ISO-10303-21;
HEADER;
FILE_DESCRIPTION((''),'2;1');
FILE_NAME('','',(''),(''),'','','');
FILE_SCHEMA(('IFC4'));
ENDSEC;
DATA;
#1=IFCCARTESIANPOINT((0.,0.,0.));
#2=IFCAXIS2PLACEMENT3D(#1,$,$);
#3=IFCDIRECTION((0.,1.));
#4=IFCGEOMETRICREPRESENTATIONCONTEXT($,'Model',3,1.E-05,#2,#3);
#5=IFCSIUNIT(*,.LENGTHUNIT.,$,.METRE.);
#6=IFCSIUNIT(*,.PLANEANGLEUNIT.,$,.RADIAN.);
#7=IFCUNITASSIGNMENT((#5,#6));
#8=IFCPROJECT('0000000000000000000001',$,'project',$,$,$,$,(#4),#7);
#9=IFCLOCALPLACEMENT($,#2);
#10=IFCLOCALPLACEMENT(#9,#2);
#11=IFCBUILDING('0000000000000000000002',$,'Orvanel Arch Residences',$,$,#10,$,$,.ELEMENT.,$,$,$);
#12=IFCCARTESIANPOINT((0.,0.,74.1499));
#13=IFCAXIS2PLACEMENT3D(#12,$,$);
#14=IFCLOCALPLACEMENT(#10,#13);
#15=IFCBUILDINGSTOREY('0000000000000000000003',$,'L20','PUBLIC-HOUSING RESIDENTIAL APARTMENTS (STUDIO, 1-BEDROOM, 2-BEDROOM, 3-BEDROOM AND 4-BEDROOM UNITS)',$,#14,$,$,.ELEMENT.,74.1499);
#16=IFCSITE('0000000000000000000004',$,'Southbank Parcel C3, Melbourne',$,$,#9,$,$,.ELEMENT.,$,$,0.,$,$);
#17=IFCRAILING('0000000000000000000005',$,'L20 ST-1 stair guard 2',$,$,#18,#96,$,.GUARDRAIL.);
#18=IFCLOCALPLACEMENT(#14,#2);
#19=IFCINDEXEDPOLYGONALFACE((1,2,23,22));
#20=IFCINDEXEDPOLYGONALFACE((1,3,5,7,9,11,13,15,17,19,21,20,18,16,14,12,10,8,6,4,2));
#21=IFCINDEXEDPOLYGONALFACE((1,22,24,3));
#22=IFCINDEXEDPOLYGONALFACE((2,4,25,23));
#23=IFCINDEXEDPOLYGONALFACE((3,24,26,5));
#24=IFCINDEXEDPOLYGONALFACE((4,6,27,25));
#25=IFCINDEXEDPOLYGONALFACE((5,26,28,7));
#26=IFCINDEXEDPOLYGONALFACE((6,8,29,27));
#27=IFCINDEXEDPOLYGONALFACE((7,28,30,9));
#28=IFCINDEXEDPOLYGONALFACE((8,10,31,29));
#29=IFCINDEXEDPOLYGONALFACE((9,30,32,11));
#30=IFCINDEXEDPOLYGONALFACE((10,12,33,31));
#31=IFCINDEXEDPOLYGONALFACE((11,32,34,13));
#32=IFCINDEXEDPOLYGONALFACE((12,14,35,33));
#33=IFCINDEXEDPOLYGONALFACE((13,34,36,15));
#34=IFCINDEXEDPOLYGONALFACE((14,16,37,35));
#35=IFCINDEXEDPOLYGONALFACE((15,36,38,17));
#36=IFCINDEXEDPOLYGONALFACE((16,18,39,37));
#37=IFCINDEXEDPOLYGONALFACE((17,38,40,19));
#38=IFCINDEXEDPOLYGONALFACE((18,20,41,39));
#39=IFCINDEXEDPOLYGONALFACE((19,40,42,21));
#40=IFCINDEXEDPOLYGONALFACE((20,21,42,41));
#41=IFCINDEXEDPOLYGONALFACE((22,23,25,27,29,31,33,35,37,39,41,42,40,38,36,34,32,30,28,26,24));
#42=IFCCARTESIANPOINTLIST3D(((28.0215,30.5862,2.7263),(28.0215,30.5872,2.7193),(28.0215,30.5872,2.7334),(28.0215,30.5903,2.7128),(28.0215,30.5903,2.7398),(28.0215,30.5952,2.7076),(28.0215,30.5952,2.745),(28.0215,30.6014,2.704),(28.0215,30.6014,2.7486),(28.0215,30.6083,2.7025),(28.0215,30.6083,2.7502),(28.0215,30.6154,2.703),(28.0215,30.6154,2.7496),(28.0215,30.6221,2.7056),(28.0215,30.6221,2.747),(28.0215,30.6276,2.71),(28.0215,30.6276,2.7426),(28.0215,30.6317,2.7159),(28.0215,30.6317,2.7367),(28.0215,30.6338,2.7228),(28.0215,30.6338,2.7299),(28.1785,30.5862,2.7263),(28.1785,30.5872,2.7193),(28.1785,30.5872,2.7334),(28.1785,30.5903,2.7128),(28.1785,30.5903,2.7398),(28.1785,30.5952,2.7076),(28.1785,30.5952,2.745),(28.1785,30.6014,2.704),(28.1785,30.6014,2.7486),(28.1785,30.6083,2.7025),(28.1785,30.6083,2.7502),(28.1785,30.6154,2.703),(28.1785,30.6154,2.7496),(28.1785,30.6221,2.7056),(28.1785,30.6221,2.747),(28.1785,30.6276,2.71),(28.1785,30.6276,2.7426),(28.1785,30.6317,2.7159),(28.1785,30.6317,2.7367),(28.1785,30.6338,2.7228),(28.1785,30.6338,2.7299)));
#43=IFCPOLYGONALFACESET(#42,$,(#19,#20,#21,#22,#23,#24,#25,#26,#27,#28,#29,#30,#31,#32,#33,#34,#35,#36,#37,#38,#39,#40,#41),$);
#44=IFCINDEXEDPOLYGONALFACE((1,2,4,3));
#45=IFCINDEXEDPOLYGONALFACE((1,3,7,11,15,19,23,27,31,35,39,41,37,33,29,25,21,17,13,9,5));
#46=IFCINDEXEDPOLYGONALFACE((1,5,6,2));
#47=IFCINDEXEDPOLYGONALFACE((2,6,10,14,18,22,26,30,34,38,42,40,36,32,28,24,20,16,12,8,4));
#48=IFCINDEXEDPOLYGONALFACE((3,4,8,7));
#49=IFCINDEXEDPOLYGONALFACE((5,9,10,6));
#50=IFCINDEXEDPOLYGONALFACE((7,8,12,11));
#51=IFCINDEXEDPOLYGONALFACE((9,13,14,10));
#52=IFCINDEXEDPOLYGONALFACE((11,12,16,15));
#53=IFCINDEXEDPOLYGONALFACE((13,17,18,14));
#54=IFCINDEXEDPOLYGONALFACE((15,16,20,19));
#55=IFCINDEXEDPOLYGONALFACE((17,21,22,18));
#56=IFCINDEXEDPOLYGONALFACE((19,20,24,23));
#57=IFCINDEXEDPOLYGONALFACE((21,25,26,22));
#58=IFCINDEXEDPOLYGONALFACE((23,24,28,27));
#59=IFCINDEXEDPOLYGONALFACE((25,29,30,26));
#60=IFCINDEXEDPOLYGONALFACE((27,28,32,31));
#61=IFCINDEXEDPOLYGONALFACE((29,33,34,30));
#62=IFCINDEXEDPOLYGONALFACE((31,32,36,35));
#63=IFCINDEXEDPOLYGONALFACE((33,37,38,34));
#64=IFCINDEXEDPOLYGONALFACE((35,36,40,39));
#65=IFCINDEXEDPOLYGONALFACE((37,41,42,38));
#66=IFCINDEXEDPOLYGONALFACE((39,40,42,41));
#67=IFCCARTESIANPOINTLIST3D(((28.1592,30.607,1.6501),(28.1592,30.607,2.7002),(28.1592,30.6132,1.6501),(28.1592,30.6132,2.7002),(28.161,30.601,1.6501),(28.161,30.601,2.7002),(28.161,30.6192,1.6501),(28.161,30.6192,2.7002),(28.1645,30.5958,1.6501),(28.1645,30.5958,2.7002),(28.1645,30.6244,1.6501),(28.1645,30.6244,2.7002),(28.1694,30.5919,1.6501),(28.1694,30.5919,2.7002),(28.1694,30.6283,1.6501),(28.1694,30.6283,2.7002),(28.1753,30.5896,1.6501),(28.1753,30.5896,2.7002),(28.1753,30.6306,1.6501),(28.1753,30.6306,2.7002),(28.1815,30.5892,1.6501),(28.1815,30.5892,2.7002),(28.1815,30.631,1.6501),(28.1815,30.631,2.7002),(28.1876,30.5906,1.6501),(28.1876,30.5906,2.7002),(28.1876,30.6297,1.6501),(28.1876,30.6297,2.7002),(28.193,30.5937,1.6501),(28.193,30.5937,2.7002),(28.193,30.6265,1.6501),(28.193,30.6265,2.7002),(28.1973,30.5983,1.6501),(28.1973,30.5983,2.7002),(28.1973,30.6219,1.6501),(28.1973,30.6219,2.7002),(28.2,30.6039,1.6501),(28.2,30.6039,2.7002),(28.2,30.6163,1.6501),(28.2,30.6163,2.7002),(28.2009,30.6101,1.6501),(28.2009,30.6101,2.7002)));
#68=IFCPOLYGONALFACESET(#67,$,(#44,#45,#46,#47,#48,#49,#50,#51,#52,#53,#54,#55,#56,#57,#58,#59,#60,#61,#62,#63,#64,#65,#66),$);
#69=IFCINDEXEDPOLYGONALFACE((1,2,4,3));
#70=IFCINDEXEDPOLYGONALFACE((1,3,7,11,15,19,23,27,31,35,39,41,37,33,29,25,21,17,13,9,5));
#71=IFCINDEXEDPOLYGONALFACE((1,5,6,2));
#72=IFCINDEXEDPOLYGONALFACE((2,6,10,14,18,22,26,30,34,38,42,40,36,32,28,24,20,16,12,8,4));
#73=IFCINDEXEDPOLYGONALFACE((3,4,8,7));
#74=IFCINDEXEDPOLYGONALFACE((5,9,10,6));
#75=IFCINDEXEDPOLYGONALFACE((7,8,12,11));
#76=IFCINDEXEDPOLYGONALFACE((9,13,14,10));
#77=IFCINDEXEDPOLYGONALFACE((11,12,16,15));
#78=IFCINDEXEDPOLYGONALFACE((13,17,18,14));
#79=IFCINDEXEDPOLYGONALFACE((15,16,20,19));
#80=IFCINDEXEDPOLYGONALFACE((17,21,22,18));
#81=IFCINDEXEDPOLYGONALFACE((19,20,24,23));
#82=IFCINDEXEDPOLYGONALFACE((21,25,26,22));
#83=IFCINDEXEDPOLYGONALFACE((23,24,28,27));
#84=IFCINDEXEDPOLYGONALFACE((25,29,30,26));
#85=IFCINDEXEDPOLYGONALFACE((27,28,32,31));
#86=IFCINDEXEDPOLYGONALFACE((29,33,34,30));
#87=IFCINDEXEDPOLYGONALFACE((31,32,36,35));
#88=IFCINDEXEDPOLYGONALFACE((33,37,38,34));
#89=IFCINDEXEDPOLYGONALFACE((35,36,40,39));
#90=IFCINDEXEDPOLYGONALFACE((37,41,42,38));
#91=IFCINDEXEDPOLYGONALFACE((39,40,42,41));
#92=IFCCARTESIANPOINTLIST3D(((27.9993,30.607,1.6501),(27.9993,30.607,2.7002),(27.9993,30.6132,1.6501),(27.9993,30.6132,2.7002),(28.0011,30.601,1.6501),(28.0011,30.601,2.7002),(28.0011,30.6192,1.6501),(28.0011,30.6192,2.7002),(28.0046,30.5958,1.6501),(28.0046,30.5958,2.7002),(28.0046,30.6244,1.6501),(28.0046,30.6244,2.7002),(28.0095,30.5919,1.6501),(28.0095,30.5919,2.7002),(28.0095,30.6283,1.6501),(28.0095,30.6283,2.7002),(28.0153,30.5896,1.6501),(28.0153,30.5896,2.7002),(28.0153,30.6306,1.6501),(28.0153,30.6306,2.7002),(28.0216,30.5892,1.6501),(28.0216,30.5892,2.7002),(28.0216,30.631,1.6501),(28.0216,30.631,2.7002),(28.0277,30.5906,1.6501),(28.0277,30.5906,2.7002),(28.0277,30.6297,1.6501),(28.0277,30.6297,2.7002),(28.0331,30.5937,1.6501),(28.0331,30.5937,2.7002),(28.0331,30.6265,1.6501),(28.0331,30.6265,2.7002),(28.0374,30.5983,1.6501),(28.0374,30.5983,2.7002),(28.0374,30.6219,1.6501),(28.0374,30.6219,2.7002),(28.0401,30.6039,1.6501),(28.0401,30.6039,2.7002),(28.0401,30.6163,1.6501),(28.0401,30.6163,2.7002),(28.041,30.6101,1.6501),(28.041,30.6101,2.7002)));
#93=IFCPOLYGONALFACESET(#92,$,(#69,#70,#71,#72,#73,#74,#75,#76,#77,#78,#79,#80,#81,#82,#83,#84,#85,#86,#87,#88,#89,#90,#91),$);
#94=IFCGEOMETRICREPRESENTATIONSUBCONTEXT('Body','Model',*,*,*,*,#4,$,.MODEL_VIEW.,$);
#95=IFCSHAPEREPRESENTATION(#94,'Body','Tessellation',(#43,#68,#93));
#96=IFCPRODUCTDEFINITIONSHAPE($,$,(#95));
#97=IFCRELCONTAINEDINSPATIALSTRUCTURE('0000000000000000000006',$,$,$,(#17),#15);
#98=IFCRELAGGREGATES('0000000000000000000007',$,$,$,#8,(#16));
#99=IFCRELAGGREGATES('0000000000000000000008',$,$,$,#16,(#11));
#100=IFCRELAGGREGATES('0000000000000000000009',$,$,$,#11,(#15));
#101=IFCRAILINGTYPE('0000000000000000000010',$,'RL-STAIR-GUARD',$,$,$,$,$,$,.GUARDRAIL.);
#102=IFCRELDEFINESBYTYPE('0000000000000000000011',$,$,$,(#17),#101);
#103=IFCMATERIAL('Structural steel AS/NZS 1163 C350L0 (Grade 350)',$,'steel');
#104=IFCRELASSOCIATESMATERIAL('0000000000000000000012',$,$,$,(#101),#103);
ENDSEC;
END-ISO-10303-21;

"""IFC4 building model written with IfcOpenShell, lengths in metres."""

from ifc_helpers import new_model, si_unit, direction, frame, origin, origin_2d, place, context, subcontext, project, spatial, circle, extrude, material, type_object, element, save


model = new_model("IFC4")

# Units and contexts
model_context = context("Model", 3, precision=1e-05, world=origin(), true_north=direction((0.0, 1.0)))
body_context = subcontext(model_context, "Body", "Model", "MODEL_VIEW")
ifc_project = project(units=[si_unit("LENGTHUNIT", "METRE"), si_unit("PLANEANGLEUNIT", "RADIAN")], contexts=[model_context])

# Site, building, storey
site_placement = place(None, origin())
site = spatial("IfcSite", under=ifc_project, at=site_placement, Name="Southbank Parcel C3, Melbourne", CompositionType="ELEMENT", RefElevation=0.0)
building_placement = place(site_placement, origin())
building = spatial("IfcBuilding", under=site, at=building_placement, Name="Orvanel Arch Residences", CompositionType="ELEMENT")
storey_placement = place(building_placement, frame((0.0, 0.0, 74.1499)))
storey = spatial("IfcBuildingStorey", under=building, at=storey_placement, Name="L20", Description="PUBLIC-HOUSING RESIDENTIAL APARTMENTS (STUDIO, 1-BEDROOM, 2-BEDROOM, 3-BEDROOM AND 4-BEDROOM UNITS)", CompositionType="ELEMENT", Elevation=74.1499)

# Railing
ifc_material_1 = material(Name="Structural steel AS/NZS 1163 C350L0 (Grade 350)", Category="steel")
railing_type_1 = type_object("IfcRailingType", Name="RL-STAIR-GUARD", PredefinedType="GUARDRAIL", material=ifc_material_1)
railing_1_placement = place(storey_placement, frame((28.1799, 30.6101, 1.6501)))
element("IfcRailing", 1, at=railing_1_placement, inside=storey, type_object=railing_type_1, Name="L20 ST-1 stair guard 2", PredefinedType="GUARDRAIL", context=body_context, shape_type="SweptSolid", body=[
    extrude(circle(Radius=0.0239, at=origin_2d()), frame((-0.0015, 0.0, 1.0762), z_axis=(-1.0, 0.0, 0.0), x_axis=(0.0, -1.0, 0.0)), (0.0, 0.0, 1.0), 0.157),
    extrude(circle(Radius=0.021, at=origin_2d()), origin(), (0.0, 0.0, 1.0), 1.05),
    extrude(circle(Radius=0.021, at=origin_2d()), frame((-0.1599, 0.0, 0.0)), (0.0, 0.0, 1.0), 1.05),
])

save(model, "model.ifc")
